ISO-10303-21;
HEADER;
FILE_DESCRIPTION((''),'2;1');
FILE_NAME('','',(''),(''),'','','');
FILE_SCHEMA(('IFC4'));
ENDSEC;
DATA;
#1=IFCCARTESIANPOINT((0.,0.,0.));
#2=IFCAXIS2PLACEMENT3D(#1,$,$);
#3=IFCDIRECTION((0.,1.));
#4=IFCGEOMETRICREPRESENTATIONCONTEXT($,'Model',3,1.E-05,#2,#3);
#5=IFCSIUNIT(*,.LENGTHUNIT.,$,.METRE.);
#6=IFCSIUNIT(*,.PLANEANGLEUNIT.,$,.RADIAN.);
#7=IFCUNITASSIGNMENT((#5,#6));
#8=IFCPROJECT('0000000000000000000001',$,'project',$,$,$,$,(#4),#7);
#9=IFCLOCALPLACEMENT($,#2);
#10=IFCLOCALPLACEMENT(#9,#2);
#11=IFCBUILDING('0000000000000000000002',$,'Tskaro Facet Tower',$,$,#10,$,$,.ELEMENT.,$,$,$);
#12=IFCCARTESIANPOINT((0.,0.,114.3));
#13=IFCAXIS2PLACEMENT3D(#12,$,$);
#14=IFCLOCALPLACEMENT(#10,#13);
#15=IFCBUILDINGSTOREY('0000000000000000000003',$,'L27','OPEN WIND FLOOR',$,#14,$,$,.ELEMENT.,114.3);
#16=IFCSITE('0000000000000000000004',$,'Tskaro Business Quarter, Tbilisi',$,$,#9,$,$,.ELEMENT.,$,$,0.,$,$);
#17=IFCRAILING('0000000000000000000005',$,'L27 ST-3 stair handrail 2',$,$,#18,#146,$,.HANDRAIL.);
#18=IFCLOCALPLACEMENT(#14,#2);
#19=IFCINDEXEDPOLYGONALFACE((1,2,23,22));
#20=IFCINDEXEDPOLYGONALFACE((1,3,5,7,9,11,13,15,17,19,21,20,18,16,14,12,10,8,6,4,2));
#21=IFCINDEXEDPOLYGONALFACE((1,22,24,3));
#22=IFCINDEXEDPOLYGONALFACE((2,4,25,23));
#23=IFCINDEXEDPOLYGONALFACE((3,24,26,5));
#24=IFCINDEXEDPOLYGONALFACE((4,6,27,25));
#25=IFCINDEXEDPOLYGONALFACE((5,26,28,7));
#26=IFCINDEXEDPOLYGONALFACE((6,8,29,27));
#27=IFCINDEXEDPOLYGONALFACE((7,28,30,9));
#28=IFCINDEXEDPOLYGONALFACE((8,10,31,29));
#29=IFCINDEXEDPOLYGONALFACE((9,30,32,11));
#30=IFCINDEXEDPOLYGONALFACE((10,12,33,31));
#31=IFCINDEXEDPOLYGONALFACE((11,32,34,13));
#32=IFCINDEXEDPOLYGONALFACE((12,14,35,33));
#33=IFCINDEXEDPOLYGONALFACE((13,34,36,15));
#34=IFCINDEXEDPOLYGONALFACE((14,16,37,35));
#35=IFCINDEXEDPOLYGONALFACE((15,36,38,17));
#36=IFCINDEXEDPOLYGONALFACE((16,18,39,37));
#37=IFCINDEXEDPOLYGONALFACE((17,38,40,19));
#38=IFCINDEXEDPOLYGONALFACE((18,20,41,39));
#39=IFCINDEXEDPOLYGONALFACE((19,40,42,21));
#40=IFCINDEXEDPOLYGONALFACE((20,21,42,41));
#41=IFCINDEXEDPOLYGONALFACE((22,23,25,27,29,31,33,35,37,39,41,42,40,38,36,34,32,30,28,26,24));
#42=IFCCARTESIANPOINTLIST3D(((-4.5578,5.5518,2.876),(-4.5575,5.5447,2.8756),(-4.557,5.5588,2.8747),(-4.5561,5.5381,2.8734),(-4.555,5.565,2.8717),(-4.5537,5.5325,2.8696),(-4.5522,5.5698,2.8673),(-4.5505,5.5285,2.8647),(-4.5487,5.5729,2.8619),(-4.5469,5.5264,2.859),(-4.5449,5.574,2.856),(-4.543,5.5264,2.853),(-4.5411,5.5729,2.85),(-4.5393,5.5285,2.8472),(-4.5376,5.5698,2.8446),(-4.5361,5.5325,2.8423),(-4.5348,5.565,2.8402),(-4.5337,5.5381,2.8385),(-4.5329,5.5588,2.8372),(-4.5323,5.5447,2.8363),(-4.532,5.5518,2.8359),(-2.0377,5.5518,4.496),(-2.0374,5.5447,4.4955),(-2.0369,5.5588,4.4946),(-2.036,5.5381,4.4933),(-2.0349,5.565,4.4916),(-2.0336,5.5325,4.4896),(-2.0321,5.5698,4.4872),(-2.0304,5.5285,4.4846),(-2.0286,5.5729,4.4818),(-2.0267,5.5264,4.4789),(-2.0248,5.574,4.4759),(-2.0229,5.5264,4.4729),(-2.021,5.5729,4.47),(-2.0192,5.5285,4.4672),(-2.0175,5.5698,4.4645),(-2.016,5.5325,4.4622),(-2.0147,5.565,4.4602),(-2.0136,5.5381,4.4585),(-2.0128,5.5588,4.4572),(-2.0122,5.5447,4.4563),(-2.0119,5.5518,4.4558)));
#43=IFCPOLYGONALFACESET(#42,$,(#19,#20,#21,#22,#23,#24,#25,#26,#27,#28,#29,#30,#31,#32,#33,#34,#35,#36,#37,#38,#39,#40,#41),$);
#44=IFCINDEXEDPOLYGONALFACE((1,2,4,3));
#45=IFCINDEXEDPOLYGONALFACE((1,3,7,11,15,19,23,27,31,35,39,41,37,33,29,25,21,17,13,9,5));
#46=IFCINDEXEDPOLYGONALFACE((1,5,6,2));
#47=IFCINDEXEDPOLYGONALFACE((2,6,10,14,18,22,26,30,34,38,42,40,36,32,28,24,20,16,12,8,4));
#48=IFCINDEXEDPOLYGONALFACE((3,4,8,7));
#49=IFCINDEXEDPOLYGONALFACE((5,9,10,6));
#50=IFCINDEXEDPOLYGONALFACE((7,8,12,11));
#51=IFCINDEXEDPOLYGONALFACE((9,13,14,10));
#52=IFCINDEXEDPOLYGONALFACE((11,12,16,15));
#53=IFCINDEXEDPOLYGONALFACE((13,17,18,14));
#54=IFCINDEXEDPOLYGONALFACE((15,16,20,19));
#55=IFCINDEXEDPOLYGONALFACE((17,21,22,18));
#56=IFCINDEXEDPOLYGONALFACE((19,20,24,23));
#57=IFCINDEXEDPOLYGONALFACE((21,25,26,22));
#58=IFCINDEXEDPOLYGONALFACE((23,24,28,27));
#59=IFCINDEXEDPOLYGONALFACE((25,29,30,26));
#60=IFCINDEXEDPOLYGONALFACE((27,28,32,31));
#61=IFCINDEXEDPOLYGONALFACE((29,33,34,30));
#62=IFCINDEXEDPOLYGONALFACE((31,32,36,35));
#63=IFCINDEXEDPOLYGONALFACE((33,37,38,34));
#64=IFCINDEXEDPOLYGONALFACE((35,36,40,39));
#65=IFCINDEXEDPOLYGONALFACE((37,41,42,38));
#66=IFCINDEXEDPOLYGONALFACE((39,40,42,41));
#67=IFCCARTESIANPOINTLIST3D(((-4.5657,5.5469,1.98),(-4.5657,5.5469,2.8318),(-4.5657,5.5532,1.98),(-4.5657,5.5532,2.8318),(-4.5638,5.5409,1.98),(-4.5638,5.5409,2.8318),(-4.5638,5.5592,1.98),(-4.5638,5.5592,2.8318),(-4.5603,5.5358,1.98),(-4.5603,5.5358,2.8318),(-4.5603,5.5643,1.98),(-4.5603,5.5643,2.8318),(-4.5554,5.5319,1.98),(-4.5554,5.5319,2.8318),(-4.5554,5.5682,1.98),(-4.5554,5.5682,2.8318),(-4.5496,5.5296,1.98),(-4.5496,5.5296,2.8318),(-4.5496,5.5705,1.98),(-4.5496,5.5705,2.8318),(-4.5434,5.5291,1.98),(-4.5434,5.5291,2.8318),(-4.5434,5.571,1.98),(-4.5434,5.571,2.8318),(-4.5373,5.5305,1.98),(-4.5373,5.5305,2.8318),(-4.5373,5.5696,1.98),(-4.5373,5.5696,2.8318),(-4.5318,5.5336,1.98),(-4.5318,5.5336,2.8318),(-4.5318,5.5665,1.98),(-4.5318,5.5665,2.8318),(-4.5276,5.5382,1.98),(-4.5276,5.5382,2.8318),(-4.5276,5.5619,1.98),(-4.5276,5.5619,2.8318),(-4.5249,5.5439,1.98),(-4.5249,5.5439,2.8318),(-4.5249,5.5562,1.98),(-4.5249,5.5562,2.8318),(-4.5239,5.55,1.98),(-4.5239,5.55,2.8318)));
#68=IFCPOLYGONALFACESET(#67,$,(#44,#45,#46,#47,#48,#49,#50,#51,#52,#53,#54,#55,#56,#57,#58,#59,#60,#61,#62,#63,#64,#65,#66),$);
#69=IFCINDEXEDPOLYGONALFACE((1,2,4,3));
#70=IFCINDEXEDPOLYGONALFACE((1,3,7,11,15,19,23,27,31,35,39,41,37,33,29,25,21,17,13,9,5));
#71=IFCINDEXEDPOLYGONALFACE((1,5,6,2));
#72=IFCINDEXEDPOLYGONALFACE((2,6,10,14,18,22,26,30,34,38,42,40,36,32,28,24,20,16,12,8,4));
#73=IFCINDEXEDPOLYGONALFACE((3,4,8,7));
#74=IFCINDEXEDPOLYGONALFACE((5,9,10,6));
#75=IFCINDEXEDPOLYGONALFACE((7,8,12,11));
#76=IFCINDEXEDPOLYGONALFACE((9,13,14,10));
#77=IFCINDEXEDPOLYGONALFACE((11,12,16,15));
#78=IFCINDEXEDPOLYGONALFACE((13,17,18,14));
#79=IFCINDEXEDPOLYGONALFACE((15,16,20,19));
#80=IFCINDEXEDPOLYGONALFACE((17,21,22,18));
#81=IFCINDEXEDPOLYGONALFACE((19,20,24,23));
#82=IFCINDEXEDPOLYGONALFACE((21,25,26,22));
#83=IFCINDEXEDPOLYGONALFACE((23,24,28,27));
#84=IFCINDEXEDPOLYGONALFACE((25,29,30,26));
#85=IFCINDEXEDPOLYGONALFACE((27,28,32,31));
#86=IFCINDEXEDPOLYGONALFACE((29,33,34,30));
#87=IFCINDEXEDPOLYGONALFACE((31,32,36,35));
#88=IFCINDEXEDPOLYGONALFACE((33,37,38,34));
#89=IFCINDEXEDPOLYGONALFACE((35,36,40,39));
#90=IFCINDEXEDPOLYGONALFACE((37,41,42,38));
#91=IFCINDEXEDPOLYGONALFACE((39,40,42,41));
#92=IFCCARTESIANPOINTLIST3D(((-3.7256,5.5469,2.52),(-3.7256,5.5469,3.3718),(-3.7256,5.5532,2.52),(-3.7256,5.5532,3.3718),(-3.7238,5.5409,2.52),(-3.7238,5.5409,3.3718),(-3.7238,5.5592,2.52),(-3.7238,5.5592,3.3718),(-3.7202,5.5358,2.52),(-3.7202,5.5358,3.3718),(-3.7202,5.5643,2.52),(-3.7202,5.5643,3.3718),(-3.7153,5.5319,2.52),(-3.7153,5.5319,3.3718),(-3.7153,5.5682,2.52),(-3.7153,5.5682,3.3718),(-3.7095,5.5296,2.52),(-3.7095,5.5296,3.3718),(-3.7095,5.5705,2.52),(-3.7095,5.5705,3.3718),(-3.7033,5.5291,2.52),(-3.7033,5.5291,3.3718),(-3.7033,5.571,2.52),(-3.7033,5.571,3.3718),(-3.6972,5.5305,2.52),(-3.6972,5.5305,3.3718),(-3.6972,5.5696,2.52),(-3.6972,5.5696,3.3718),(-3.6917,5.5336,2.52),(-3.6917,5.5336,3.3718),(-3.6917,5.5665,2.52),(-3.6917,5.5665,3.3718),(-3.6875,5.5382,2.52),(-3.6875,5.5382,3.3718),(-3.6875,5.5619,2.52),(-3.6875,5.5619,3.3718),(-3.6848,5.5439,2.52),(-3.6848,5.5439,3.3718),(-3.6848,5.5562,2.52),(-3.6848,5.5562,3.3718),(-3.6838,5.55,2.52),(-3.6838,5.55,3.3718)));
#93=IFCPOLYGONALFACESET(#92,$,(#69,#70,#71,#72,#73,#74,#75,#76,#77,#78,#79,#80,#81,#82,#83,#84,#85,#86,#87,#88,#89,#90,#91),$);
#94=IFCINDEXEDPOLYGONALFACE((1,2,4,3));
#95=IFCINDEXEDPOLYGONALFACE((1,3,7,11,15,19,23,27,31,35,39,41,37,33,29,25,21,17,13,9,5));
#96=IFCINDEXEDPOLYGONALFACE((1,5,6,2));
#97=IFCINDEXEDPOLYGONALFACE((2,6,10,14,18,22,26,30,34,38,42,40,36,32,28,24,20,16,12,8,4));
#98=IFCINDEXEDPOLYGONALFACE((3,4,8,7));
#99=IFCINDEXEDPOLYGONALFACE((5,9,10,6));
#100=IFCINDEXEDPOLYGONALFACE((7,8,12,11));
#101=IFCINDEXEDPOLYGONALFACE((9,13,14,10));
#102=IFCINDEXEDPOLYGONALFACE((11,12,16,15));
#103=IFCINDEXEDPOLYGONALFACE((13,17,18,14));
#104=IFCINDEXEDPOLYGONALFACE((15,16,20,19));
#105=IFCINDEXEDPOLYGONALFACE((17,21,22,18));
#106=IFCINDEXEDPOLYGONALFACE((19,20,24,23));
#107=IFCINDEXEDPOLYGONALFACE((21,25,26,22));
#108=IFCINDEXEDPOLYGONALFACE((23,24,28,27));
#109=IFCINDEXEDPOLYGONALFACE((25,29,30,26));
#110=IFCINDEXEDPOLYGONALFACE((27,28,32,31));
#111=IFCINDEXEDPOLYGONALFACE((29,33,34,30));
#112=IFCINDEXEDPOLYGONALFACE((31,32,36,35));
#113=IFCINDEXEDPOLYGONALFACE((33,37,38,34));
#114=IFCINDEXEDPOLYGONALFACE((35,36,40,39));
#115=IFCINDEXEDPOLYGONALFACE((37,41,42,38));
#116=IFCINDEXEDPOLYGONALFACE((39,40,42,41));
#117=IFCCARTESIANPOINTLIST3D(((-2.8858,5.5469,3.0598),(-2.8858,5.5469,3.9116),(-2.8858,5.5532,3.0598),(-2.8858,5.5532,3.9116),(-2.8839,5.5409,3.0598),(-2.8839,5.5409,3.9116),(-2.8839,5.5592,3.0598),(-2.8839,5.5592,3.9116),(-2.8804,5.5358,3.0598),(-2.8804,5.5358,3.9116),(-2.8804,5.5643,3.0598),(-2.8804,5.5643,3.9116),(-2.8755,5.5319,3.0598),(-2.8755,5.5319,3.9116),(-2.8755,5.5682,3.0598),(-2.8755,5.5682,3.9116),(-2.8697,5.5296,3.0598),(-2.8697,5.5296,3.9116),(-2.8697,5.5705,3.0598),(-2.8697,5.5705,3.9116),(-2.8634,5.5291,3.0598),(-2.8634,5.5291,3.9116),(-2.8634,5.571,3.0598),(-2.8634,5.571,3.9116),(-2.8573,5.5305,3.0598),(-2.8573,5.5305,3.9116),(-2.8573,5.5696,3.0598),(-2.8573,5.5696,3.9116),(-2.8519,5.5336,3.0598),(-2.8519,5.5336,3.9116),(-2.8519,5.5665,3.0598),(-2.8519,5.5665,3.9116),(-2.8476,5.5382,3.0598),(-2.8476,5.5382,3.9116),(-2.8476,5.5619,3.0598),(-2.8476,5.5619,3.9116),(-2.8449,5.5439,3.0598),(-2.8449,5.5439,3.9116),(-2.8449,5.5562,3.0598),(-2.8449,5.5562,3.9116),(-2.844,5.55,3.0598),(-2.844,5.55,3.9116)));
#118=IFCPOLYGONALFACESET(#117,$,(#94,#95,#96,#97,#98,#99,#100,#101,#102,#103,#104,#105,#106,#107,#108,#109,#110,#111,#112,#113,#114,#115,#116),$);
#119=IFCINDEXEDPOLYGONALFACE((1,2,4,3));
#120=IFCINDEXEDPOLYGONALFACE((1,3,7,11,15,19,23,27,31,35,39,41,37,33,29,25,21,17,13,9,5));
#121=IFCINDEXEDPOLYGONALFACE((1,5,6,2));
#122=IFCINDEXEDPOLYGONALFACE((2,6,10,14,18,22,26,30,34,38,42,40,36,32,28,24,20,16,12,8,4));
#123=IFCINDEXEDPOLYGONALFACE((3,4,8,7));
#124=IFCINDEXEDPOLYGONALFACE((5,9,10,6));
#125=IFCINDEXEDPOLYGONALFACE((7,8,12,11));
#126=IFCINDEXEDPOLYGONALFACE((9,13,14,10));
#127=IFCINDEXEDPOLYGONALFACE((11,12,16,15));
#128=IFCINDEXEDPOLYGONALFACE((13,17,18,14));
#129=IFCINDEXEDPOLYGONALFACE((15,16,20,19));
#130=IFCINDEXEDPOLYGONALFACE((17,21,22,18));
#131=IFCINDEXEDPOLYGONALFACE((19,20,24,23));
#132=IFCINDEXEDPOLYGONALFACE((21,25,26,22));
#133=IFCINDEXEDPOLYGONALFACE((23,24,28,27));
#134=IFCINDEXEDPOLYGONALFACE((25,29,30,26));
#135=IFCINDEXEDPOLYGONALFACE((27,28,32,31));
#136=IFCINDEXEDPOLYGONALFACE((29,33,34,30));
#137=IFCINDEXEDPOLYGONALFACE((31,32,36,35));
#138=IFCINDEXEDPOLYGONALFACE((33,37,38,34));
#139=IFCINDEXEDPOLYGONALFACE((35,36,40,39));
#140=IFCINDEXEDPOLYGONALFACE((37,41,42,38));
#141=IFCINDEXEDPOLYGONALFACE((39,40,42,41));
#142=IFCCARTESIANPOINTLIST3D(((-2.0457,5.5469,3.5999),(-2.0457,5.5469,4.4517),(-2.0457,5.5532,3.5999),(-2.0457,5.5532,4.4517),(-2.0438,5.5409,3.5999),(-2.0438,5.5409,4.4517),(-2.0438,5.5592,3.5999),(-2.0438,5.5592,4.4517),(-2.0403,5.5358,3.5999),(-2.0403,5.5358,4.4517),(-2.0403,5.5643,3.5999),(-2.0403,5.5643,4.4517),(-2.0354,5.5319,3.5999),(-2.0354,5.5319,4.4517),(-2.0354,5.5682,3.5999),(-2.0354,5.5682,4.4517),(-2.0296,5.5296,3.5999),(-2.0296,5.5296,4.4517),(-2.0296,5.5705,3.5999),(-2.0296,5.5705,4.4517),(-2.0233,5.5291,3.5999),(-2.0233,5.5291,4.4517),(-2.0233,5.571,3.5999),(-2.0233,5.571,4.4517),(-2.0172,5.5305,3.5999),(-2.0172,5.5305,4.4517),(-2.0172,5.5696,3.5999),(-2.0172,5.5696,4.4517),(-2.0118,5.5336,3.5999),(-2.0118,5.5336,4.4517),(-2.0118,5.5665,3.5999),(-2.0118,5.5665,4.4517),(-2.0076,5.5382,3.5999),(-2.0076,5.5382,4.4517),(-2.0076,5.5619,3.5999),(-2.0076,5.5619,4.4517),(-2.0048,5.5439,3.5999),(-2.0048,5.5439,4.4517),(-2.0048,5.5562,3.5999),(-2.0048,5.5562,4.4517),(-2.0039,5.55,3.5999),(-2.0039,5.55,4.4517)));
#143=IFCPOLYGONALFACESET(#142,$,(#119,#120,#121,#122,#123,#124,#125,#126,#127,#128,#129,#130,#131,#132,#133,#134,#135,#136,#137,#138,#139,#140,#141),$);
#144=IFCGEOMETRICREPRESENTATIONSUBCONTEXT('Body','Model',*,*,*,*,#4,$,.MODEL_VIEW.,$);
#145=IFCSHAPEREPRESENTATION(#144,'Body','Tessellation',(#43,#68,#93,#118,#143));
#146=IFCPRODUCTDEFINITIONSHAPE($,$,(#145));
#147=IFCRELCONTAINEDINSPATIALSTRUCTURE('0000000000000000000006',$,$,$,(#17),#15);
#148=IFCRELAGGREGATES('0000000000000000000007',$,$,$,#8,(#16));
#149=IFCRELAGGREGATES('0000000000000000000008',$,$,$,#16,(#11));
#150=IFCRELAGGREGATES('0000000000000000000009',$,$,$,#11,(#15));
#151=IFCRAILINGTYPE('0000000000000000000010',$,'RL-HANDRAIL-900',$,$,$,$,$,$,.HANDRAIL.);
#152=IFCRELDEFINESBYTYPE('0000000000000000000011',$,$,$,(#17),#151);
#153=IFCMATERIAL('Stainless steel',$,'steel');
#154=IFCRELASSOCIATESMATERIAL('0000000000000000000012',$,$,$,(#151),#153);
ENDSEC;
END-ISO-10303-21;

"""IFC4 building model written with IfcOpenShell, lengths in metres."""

from ifc_helpers import new_model, si_unit, direction, frame, origin, origin_2d, place, context, subcontext, project, spatial, circle, extrude, material, type_object, element, save


model = new_model("IFC4")

# Units and contexts
model_context = context("Model", 3, precision=1e-05, world=origin(), true_north=direction((0.0, 1.0)))
body_context = subcontext(model_context, "Body", "Model", "MODEL_VIEW")
ifc_project = project(units=[si_unit("LENGTHUNIT", "METRE"), si_unit("PLANEANGLEUNIT", "RADIAN")], contexts=[model_context])

# Site, building, storey
site_placement = place(None, origin())
site = spatial("IfcSite", under=ifc_project, at=site_placement, Name="Tskaro Business Quarter, Tbilisi", CompositionType="ELEMENT", RefElevation=0.0)
building_placement = place(site_placement, origin())
building = spatial("IfcBuilding", under=site, at=building_placement, Name="Tskaro Facet Tower", CompositionType="ELEMENT")
storey_placement = place(building_placement, frame((0.0, 0.0, 114.3)))
storey = spatial("IfcBuildingStorey", under=building, at=storey_placement, Name="L27", Description="OPEN WIND FLOOR", CompositionType="ELEMENT", Elevation=114.3)

# Railing
ifc_material_1 = material(Name="Stainless steel", Category="steel")
railing_type_1 = type_object("IfcRailingType", Name="RL-HANDRAIL-900", PredefinedType="HANDRAIL", material=ifc_material_1)
railing_1_placement = place(storey_placement, frame((-4.5449, 5.55, 1.98)))
element("IfcRailing", 1, at=railing_1_placement, inside=storey, type_object=railing_type_1, Name="L27 ST-3 stair handrail 2", PredefinedType="HANDRAIL", context=body_context, shape_type="SweptSolid", body=[
    extrude(circle(Radius=0.0239, at=origin_2d()), frame((0.0, 0.0, 0.876), z_axis=(0.8412, 0.0, 0.540725), x_axis=(0.0, 1.0, 0.0)), (0.0, 0.0, 1.0), 2.9958),
    extrude(circle(Radius=0.021, at=origin_2d()), origin(), (0.0, 0.0, 1.0), 0.8518),
    extrude(circle(Radius=0.021, at=origin_2d()), frame((0.8401, 0.0, 0.54)), (0.0, 0.0, 1.0), 0.8518),
    extrude(circle(Radius=0.021, at=origin_2d()), frame((1.6799, 0.0, 1.0798)), (0.0, 0.0, 1.0), 0.8518),
    extrude(circle(Radius=0.021, at=origin_2d()), frame((2.52, 0.0, 1.6199)), (0.0, 0.0, 1.0), 0.8518),
])

save(model, "model.ifc")
